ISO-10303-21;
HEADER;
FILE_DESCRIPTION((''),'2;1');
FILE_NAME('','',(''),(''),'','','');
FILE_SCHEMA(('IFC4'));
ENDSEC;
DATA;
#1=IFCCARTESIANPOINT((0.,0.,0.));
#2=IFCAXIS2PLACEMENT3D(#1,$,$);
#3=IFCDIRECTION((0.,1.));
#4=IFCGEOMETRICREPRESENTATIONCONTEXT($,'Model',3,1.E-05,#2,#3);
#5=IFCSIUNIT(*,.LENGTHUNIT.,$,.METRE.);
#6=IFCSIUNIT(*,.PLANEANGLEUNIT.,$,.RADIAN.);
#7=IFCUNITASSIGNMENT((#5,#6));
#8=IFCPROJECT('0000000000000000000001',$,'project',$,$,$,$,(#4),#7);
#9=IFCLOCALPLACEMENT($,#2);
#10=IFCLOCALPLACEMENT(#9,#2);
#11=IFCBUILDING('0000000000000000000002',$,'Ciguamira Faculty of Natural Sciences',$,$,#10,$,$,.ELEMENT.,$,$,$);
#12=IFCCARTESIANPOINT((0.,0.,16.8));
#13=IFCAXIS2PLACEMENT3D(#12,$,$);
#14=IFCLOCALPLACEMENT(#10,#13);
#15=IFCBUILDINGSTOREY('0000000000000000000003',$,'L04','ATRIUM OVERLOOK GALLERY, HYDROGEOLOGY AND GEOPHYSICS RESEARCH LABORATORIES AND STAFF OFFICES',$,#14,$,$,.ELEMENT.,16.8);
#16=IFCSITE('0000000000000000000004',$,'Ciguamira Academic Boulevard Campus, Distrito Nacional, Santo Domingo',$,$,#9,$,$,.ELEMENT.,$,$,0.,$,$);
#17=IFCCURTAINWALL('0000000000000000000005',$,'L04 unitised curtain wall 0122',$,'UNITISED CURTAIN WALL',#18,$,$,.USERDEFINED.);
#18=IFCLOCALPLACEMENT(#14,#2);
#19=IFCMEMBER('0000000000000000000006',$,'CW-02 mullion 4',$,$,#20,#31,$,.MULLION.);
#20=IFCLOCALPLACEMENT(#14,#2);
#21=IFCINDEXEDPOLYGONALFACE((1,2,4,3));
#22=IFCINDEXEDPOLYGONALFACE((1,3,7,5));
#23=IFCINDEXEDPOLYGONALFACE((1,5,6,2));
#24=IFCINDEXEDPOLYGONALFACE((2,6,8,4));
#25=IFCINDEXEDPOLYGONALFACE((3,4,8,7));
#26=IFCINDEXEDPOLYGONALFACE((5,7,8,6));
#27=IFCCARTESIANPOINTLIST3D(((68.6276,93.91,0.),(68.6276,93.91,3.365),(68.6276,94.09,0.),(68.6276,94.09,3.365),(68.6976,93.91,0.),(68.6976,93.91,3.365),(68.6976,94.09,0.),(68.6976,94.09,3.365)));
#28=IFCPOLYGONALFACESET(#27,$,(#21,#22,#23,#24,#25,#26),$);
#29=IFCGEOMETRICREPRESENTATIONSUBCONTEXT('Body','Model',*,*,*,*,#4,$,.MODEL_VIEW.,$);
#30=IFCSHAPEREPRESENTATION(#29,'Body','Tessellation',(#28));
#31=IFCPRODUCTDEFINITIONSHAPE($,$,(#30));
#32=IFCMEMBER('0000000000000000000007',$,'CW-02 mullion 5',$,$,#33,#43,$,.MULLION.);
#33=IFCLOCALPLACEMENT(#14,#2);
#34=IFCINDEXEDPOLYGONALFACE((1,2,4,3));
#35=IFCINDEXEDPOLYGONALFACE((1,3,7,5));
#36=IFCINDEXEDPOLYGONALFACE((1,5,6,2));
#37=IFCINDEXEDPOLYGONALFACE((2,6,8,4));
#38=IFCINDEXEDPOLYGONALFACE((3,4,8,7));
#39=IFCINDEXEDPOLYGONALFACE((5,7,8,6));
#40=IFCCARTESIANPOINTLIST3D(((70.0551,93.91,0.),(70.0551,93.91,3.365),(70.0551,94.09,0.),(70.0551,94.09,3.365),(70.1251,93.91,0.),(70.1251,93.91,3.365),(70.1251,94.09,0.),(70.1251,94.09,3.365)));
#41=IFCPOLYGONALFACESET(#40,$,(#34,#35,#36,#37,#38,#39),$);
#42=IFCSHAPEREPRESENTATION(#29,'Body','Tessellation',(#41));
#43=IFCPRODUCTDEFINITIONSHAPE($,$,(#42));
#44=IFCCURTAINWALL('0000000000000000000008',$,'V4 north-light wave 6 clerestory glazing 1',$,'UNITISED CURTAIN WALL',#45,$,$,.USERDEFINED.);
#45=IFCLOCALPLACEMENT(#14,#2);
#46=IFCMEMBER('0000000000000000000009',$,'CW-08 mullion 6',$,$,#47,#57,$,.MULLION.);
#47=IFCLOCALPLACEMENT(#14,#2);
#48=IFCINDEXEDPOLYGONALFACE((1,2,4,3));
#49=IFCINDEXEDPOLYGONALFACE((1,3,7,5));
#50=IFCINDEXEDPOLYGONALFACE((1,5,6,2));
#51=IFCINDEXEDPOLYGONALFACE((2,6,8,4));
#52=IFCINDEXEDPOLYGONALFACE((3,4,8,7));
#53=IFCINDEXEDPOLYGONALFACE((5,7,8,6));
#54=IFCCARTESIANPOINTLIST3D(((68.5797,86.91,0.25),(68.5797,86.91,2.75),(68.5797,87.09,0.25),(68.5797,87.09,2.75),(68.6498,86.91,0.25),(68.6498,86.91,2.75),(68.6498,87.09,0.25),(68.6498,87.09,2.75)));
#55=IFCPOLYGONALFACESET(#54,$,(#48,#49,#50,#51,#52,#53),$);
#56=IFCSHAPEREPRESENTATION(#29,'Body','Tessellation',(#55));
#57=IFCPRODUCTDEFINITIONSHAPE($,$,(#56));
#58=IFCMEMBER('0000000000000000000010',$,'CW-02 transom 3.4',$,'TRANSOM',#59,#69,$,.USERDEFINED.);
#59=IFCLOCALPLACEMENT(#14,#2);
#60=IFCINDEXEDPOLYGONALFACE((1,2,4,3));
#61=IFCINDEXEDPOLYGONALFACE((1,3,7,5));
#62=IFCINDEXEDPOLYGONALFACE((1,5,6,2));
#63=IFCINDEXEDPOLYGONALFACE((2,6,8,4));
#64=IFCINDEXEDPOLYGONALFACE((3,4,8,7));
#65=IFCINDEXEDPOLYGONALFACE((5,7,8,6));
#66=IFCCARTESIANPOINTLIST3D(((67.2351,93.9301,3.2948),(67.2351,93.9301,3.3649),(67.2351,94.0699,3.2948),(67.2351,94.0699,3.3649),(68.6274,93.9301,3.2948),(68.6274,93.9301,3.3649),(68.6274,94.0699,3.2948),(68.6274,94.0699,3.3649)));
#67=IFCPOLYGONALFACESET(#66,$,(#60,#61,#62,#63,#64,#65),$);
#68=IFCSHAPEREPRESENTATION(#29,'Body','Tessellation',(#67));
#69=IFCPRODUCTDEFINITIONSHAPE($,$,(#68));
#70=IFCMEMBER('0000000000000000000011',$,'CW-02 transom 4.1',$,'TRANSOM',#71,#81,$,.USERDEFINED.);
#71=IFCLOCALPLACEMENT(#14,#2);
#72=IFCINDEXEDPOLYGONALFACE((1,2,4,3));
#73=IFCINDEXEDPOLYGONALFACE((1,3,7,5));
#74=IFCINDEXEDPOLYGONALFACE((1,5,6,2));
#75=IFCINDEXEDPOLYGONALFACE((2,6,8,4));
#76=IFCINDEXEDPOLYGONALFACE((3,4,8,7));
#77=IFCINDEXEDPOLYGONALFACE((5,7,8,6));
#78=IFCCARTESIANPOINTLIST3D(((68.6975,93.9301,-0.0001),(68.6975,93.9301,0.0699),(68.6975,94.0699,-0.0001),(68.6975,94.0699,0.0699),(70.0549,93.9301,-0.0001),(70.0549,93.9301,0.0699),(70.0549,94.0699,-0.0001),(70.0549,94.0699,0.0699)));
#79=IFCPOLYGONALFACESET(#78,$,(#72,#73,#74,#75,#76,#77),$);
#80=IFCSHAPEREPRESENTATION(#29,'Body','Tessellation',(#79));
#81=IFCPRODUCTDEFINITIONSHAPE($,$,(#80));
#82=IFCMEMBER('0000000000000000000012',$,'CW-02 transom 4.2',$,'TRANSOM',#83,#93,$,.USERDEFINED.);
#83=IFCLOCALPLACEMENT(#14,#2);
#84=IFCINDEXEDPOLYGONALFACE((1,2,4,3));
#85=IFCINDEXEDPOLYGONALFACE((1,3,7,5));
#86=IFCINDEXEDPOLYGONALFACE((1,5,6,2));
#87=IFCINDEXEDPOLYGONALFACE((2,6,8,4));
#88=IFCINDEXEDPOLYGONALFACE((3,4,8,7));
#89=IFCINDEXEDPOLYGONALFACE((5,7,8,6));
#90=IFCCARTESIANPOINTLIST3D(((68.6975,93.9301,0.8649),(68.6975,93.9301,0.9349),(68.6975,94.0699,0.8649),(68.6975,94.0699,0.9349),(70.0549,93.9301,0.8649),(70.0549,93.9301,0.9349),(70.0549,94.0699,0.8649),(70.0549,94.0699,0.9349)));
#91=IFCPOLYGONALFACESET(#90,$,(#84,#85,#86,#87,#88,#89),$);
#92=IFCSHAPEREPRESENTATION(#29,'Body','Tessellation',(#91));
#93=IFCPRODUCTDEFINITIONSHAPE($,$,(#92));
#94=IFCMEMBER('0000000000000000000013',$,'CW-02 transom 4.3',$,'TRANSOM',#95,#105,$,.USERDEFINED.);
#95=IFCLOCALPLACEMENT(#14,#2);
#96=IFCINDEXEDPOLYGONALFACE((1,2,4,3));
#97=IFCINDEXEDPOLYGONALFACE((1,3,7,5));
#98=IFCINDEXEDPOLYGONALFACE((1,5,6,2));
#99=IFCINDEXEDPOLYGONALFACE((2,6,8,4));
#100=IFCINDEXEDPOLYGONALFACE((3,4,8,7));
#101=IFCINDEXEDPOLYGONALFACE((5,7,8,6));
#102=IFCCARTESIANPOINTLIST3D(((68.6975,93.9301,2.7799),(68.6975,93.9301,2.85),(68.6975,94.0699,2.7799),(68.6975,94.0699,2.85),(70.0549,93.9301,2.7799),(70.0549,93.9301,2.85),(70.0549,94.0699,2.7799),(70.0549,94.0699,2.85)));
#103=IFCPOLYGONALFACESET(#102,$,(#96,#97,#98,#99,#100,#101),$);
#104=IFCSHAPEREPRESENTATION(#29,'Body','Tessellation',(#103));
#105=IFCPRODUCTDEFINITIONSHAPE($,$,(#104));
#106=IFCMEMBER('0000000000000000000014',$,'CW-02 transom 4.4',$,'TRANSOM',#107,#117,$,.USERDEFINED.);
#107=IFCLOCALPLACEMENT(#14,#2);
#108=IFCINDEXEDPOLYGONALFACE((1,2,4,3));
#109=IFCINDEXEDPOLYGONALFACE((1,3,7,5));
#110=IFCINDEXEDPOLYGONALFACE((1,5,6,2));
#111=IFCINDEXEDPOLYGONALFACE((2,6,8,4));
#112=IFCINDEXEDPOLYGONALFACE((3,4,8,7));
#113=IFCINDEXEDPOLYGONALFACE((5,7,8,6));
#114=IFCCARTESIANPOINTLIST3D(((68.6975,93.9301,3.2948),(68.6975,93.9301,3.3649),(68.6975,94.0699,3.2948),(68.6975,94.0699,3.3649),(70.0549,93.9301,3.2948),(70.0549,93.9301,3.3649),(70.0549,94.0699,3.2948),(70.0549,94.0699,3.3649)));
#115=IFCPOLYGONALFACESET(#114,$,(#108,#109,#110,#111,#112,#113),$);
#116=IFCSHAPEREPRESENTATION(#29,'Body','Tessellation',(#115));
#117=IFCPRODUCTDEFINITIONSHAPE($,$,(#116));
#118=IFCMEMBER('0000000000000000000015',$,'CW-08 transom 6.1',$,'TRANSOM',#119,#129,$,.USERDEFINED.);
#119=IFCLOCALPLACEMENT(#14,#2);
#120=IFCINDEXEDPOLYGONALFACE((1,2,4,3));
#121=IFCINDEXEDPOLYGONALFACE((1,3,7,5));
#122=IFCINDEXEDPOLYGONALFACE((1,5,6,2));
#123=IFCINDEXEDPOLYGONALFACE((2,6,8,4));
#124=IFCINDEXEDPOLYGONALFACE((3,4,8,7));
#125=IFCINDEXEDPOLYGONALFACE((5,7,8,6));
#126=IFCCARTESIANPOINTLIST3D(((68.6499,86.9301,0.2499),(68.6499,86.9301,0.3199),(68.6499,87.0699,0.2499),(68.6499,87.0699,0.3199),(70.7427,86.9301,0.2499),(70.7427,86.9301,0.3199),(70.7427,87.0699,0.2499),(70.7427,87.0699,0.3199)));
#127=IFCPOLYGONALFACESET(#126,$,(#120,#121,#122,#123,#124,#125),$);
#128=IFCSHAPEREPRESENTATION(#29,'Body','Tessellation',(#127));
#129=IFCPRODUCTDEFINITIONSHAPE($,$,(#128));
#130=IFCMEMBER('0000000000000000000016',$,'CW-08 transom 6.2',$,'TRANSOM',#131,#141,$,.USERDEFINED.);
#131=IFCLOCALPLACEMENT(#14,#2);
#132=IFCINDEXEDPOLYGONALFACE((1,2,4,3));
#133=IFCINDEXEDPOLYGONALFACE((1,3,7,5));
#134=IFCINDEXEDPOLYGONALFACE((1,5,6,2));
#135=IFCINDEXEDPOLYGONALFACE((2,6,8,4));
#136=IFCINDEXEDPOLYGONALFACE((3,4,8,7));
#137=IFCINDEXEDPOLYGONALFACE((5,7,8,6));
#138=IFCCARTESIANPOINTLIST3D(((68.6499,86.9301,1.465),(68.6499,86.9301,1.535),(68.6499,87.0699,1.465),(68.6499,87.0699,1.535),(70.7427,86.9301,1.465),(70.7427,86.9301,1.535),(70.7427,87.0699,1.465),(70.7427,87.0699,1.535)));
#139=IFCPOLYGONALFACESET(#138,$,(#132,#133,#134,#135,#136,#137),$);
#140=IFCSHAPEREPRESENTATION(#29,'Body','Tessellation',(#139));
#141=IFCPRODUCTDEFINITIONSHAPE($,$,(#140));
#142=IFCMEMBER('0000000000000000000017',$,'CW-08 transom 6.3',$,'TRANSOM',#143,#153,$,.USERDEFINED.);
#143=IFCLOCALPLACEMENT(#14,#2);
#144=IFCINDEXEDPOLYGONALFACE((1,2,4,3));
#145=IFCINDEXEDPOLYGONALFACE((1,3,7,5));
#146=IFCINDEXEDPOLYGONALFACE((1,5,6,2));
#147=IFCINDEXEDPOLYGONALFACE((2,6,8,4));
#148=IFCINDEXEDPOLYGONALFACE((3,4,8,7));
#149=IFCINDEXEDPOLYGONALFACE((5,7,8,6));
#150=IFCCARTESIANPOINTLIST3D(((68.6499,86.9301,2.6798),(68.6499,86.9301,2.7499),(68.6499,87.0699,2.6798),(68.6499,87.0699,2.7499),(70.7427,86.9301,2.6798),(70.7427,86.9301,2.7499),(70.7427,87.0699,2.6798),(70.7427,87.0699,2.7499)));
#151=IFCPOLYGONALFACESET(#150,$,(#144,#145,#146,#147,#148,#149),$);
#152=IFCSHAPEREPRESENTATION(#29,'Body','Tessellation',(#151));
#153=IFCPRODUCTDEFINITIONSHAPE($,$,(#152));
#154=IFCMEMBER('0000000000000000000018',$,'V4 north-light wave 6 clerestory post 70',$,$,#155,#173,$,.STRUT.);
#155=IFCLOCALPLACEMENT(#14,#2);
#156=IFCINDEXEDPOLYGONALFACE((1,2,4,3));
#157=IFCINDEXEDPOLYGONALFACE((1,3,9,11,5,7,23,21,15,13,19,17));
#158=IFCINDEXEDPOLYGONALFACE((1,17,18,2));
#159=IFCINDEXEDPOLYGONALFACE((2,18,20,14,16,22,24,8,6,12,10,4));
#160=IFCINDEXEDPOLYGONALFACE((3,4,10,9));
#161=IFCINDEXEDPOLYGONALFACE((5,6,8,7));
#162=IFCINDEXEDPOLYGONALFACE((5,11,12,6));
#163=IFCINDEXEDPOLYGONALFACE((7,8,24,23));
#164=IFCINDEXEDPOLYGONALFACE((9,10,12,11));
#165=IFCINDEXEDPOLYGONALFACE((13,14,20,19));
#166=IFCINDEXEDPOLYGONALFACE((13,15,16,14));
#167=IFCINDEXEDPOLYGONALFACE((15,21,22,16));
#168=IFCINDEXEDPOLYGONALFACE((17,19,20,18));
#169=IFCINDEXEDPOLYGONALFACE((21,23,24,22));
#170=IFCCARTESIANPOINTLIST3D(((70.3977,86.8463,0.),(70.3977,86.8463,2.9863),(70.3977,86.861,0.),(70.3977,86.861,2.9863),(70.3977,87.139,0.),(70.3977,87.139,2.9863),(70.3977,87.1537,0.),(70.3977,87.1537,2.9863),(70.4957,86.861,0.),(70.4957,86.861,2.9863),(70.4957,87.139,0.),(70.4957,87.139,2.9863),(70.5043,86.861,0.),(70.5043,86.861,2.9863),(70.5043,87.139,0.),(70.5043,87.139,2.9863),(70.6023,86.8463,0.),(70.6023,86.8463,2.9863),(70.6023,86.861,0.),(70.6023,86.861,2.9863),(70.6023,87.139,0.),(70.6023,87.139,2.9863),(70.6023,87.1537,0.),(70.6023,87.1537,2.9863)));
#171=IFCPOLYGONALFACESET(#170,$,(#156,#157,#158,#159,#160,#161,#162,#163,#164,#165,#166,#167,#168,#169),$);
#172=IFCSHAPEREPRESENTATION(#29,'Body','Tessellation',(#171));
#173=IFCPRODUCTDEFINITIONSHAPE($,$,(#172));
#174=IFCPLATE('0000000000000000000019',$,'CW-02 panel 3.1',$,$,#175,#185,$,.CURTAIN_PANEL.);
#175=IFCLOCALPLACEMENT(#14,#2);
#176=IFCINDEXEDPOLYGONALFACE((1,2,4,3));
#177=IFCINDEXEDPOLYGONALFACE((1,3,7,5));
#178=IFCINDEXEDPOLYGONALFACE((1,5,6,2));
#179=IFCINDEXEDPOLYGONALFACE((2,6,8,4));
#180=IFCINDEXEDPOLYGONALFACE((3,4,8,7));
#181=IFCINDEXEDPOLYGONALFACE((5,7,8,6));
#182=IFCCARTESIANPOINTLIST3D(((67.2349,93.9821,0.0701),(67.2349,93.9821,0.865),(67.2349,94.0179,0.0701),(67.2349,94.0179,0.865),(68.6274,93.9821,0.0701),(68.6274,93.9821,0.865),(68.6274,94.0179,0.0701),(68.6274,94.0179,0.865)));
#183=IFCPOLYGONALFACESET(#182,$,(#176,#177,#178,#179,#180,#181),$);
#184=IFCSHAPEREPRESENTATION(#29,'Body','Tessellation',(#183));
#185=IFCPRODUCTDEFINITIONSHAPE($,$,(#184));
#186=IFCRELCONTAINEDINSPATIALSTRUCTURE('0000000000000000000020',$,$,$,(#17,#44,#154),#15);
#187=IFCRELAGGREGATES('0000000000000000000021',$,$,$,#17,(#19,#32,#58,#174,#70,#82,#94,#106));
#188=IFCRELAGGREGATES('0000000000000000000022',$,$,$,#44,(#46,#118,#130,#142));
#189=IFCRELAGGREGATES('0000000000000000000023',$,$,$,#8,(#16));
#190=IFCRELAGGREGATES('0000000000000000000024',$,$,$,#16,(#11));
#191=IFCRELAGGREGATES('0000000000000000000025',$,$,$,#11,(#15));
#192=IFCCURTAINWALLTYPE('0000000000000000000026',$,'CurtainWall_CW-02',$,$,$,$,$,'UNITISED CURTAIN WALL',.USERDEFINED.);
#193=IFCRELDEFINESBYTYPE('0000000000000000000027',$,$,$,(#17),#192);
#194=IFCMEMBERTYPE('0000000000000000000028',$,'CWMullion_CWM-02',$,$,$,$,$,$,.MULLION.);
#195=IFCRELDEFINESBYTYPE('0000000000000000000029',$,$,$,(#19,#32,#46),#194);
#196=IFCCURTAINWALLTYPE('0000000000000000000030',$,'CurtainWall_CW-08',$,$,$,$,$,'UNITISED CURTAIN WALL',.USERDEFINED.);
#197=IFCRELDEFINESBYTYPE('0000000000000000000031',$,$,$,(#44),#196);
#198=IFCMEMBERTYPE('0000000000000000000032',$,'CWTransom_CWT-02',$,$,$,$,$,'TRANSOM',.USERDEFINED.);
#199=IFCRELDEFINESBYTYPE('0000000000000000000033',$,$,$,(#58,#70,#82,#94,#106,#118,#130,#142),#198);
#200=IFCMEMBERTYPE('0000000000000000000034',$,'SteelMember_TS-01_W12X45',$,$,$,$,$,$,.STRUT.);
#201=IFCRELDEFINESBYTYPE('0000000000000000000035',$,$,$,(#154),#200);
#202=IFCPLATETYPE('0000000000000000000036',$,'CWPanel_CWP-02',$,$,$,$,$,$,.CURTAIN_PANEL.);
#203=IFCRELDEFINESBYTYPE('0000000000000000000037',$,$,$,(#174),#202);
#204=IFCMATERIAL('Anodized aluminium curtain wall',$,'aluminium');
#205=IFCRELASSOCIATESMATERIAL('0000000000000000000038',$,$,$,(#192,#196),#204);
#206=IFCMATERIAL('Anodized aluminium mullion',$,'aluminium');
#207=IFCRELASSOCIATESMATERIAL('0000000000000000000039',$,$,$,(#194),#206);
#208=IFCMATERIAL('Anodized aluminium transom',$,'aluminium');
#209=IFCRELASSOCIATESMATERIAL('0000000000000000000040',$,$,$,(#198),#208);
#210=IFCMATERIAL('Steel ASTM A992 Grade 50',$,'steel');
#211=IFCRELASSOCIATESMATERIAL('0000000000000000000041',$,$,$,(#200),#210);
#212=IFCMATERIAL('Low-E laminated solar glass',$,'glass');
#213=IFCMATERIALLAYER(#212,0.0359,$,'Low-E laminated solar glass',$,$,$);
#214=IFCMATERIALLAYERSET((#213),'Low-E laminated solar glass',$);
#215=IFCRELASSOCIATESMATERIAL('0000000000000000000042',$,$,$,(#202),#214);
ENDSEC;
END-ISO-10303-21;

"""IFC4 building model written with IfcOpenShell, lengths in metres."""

from ifc_helpers import new_model, si_unit, direction, frame, origin, origin_2d, place, context, subcontext, project, spatial, rectangle, i_section, extrude, material, layer, layer_set, material_profile, profile_set, type_object, element, aggregate, save


model = new_model("IFC4")

# Units and contexts
model_context = context("Model", 3, precision=1e-05, world=origin(), true_north=direction((0.0, 1.0)))
body_context = subcontext(model_context, "Body", "Model", "MODEL_VIEW")
ifc_project = project(units=[si_unit("LENGTHUNIT", "METRE"), si_unit("PLANEANGLEUNIT", "RADIAN")], contexts=[model_context])

# Site, building, storey
site_placement = place(None, origin())
site = spatial("IfcSite", under=ifc_project, at=site_placement, Name="Ciguamira Academic Boulevard Campus, Distrito Nacional, Santo Domingo", CompositionType="ELEMENT", RefElevation=0.0)
building_placement = place(site_placement, origin())
building = spatial("IfcBuilding", under=site, at=building_placement, Name="Ciguamira Faculty of Natural Sciences", CompositionType="ELEMENT")
storey_placement = place(building_placement, frame((0.0, 0.0, 16.8)))
storey = spatial("IfcBuildingStorey", under=building, at=storey_placement, Name="L04", Description="ATRIUM OVERLOOK GALLERY, HYDROGEOLOGY AND GEOPHYSICS RESEARCH LABORATORIES AND STAFF OFFICES", CompositionType="ELEMENT", Elevation=16.8)

# Curtain wall, members
ifc_material_1 = material(Name="Anodized aluminium curtain wall", Category="aluminium")
curtain_wall_type_1 = type_object("IfcCurtainWallType", Name="CurtainWall_CW-02", ElementType="UNITISED CURTAIN WALL", PredefinedType="USERDEFINED", material=ifc_material_1)
curtain_wall_1_placement = place(storey_placement, origin())
curtain_wall_1 = element("IfcCurtainWall", 1, at=curtain_wall_1_placement, inside=storey, type_object=curtain_wall_type_1, Name="L04 unitised curtain wall 0122", ObjectType="UNITISED CURTAIN WALL", PredefinedType="USERDEFINED")
ifc_material_2 = material(Name="Anodized aluminium mullion", Category="aluminium")
ifc_material_profile_1 = material_profile(ifc_material_2, rectangle(XDim=0.0701, YDim=0.1799, at=origin_2d()), Name="ALU-MUL-70X180")
ifc_profile_set_1 = profile_set([ifc_material_profile_1], Name="Anodized aluminium mullion")
member_type_1 = type_object("IfcMemberType", Name="CWMullion_CWM-02", PredefinedType="MULLION", material=ifc_profile_set_1)
member_1_placement = place(storey_placement, frame((68.6626, 94.0, 0.0), z_axis=(0.0, 0.0, 1.0), x_axis=(1.0, 0.0, 0.0)))
member_1 = element("IfcMember", 2, at=member_1_placement, type_object=member_type_1, Name="CW-02 mullion 4", PredefinedType="MULLION", context=body_context, shape_type="SweptSolid", body=[
    extrude(rectangle(XDim=0.0701, YDim=0.1799, at=origin_2d()), origin(), (0.0, 0.0, 1.0), 3.365),
])
member_2_placement = place(storey_placement, frame((70.0901, 94.0, 0.0), z_axis=(0.0, 0.0, 1.0), x_axis=(1.0, 0.0, 0.0)))
member_2 = element("IfcMember", 3, at=member_2_placement, type_object=member_type_1, Name="CW-02 mullion 5", PredefinedType="MULLION", context=body_context, shape_type="SweptSolid", body=[
    extrude(rectangle(XDim=0.0701, YDim=0.1799, at=origin_2d()), origin(), (0.0, 0.0, 1.0), 3.365),
])

# Curtain wall, member
curtain_wall_type_2 = type_object("IfcCurtainWallType", Name="CurtainWall_CW-08", ElementType="UNITISED CURTAIN WALL", PredefinedType="USERDEFINED", material=ifc_material_1)
curtain_wall_2_placement = place(storey_placement, origin())
curtain_wall_2 = element("IfcCurtainWall", 4, at=curtain_wall_2_placement, inside=storey, type_object=curtain_wall_type_2, Name="V4 north-light wave 6 clerestory glazing 1", ObjectType="UNITISED CURTAIN WALL", PredefinedType="USERDEFINED")
member_3_placement = place(storey_placement, frame((68.6147, 87.0, 0.25), z_axis=(0.0, 0.0, 1.0), x_axis=(1.0, 0.0, 0.0)))
member_3 = element("IfcMember", 5, at=member_3_placement, type_object=member_type_1, Name="CW-08 mullion 6", PredefinedType="MULLION", context=body_context, shape_type="SweptSolid", body=[
    extrude(rectangle(XDim=0.0701, YDim=0.1799, at=origin_2d()), origin(), (0.0, 0.0, 1.0), 2.5),
])

# Members
ifc_material_3 = material(Name="Anodized aluminium transom", Category="aluminium")
ifc_material_profile_2 = material_profile(ifc_material_3, rectangle(XDim=0.0701, YDim=0.1399, at=origin_2d()), Name="ALU-TRN-70X140")
ifc_profile_set_2 = profile_set([ifc_material_profile_2], Name="Anodized aluminium transom")
member_type_2 = type_object("IfcMemberType", Name="CWTransom_CWT-02", ElementType="TRANSOM", PredefinedType="USERDEFINED", material=ifc_profile_set_2)
member_4_placement = place(storey_placement, frame((67.2351, 94.0, 3.3298), z_axis=(1.0, 0.0, 0.0), x_axis=(0.0, 0.0, 1.0)))
member_4 = element("IfcMember", 6, at=member_4_placement, type_object=member_type_2, Name="CW-02 transom 3.4", ObjectType="TRANSOM", PredefinedType="USERDEFINED", context=body_context, shape_type="SweptSolid", body=[
    extrude(rectangle(XDim=0.0701, YDim=0.1399, at=origin_2d()), origin(), (0.0, 0.0, 1.0), 1.3923),
])
member_5_placement = place(storey_placement, frame((68.6975, 94.0, 0.0349), z_axis=(1.0, 0.0, 0.0), x_axis=(0.0, 0.0, 1.0)))
member_5 = element("IfcMember", 7, at=member_5_placement, type_object=member_type_2, Name="CW-02 transom 4.1", ObjectType="TRANSOM", PredefinedType="USERDEFINED", context=body_context, shape_type="SweptSolid", body=[
    extrude(rectangle(XDim=0.0701, YDim=0.1399, at=origin_2d()), origin(), (0.0, 0.0, 1.0), 1.3574),
])
member_6_placement = place(storey_placement, frame((68.6975, 94.0, 0.8999), z_axis=(1.0, 0.0, 0.0), x_axis=(0.0, 0.0, 1.0)))
member_6 = element("IfcMember", 8, at=member_6_placement, type_object=member_type_2, Name="CW-02 transom 4.2", ObjectType="TRANSOM", PredefinedType="USERDEFINED", context=body_context, shape_type="SweptSolid", body=[
    extrude(rectangle(XDim=0.0701, YDim=0.1399, at=origin_2d()), origin(), (0.0, 0.0, 1.0), 1.3574),
])
member_7_placement = place(storey_placement, frame((68.6975, 94.0, 2.8149), z_axis=(1.0, 0.0, 0.0), x_axis=(0.0, 0.0, 1.0)))
member_7 = element("IfcMember", 9, at=member_7_placement, type_object=member_type_2, Name="CW-02 transom 4.3", ObjectType="TRANSOM", PredefinedType="USERDEFINED", context=body_context, shape_type="SweptSolid", body=[
    extrude(rectangle(XDim=0.0701, YDim=0.1399, at=origin_2d()), origin(), (0.0, 0.0, 1.0), 1.3574),
])
member_8_placement = place(storey_placement, frame((68.6975, 94.0, 3.3298), z_axis=(1.0, 0.0, 0.0), x_axis=(0.0, 0.0, 1.0)))
member_8 = element("IfcMember", 10, at=member_8_placement, type_object=member_type_2, Name="CW-02 transom 4.4", ObjectType="TRANSOM", PredefinedType="USERDEFINED", context=body_context, shape_type="SweptSolid", body=[
    extrude(rectangle(XDim=0.0701, YDim=0.1399, at=origin_2d()), origin(), (0.0, 0.0, 1.0), 1.3574),
])
member_9_placement = place(storey_placement, frame((68.6499, 87.0, 0.2849), z_axis=(1.0, 0.0, 0.0), x_axis=(0.0, 0.0, 1.0)))
member_9 = element("IfcMember", 11, at=member_9_placement, type_object=member_type_2, Name="CW-08 transom 6.1", ObjectType="TRANSOM", PredefinedType="USERDEFINED", context=body_context, shape_type="SweptSolid", body=[
    extrude(rectangle(XDim=0.0701, YDim=0.1399, at=origin_2d()), origin(), (0.0, 0.0, 1.0), 2.0928),
])
member_10_placement = place(storey_placement, frame((68.6499, 87.0, 1.5), z_axis=(1.0, 0.0, 0.0), x_axis=(0.0, 0.0, 1.0)))
member_10 = element("IfcMember", 12, at=member_10_placement, type_object=member_type_2, Name="CW-08 transom 6.2", ObjectType="TRANSOM", PredefinedType="USERDEFINED", context=body_context, shape_type="SweptSolid", body=[
    extrude(rectangle(XDim=0.0701, YDim=0.1399, at=origin_2d()), origin(), (0.0, 0.0, 1.0), 2.0928),
])
member_11_placement = place(storey_placement, frame((68.6499, 87.0, 2.7148), z_axis=(1.0, 0.0, 0.0), x_axis=(0.0, 0.0, 1.0)))
member_11 = element("IfcMember", 13, at=member_11_placement, type_object=member_type_2, Name="CW-08 transom 6.3", ObjectType="TRANSOM", PredefinedType="USERDEFINED", context=body_context, shape_type="SweptSolid", body=[
    extrude(rectangle(XDim=0.0701, YDim=0.1399, at=origin_2d()), origin(), (0.0, 0.0, 1.0), 2.0928),
])
ifc_material_4 = material(Name="Steel ASTM A992 Grade 50", Category="steel")
ifc_material_profile_3 = material_profile(ifc_material_4, i_section(OverallWidth=0.2046, OverallDepth=0.3074, WebThickness=0.0085, FlangeThickness=0.0146, at=origin_2d()), Name="W12X45")
ifc_profile_set_3 = profile_set([ifc_material_profile_3], Name="Steel ASTM A992 Grade 50")
member_type_3 = type_object("IfcMemberType", Name="SteelMember_TS-01_W12X45", PredefinedType="STRUT", material=ifc_profile_set_3)
member_12_placement = place(storey_placement, frame((70.5, 87.0, 0.0), z_axis=(0.0, 0.0, 1.0), x_axis=(1.0, 0.0, 0.0)))
element("IfcMember", 14, at=member_12_placement, inside=storey, type_object=member_type_3, Name="V4 north-light wave 6 clerestory post 70", PredefinedType="STRUT", context=body_context, shape_type="SweptSolid", body=[
    extrude(i_section(OverallWidth=0.2046, OverallDepth=0.3074, WebThickness=0.0085, FlangeThickness=0.0146, at=origin_2d()), origin(), (0.0, 0.0, 1.0), 2.9863),
])

# Plate
ifc_material_5 = material(Name="Low-E laminated solar glass", Category="glass")
ifc_layer_1 = layer(ifc_material_5, 0.0359, Name="Low-E laminated solar glass")
ifc_layer_set_1 = layer_set([ifc_layer_1], Name="Low-E laminated solar glass")
plate_type_1 = type_object("IfcPlateType", Name="CWPanel_CWP-02", PredefinedType="CURTAIN_PANEL", material=ifc_layer_set_1)
plate_1_placement = place(storey_placement, frame((67.9312, 94.0, 0.0701), z_axis=(0.0, 0.0, 1.0), x_axis=(1.0, 0.0, 0.0)))
plate_1 = element("IfcPlate", 15, at=plate_1_placement, type_object=plate_type_1, Name="CW-02 panel 3.1", PredefinedType="CURTAIN_PANEL", context=body_context, shape_type="SweptSolid", body=[
    extrude(rectangle(XDim=1.3926, YDim=0.0359, at=origin_2d()), origin(), (0.0, 0.0, 1.0), 0.7949),
])
aggregate(curtain_wall_1, [member_1, member_2, member_4, plate_1, member_5, member_6, member_7, member_8])
aggregate(curtain_wall_2, [member_3, member_9, member_10, member_11])

save(model, "model.ifc")
